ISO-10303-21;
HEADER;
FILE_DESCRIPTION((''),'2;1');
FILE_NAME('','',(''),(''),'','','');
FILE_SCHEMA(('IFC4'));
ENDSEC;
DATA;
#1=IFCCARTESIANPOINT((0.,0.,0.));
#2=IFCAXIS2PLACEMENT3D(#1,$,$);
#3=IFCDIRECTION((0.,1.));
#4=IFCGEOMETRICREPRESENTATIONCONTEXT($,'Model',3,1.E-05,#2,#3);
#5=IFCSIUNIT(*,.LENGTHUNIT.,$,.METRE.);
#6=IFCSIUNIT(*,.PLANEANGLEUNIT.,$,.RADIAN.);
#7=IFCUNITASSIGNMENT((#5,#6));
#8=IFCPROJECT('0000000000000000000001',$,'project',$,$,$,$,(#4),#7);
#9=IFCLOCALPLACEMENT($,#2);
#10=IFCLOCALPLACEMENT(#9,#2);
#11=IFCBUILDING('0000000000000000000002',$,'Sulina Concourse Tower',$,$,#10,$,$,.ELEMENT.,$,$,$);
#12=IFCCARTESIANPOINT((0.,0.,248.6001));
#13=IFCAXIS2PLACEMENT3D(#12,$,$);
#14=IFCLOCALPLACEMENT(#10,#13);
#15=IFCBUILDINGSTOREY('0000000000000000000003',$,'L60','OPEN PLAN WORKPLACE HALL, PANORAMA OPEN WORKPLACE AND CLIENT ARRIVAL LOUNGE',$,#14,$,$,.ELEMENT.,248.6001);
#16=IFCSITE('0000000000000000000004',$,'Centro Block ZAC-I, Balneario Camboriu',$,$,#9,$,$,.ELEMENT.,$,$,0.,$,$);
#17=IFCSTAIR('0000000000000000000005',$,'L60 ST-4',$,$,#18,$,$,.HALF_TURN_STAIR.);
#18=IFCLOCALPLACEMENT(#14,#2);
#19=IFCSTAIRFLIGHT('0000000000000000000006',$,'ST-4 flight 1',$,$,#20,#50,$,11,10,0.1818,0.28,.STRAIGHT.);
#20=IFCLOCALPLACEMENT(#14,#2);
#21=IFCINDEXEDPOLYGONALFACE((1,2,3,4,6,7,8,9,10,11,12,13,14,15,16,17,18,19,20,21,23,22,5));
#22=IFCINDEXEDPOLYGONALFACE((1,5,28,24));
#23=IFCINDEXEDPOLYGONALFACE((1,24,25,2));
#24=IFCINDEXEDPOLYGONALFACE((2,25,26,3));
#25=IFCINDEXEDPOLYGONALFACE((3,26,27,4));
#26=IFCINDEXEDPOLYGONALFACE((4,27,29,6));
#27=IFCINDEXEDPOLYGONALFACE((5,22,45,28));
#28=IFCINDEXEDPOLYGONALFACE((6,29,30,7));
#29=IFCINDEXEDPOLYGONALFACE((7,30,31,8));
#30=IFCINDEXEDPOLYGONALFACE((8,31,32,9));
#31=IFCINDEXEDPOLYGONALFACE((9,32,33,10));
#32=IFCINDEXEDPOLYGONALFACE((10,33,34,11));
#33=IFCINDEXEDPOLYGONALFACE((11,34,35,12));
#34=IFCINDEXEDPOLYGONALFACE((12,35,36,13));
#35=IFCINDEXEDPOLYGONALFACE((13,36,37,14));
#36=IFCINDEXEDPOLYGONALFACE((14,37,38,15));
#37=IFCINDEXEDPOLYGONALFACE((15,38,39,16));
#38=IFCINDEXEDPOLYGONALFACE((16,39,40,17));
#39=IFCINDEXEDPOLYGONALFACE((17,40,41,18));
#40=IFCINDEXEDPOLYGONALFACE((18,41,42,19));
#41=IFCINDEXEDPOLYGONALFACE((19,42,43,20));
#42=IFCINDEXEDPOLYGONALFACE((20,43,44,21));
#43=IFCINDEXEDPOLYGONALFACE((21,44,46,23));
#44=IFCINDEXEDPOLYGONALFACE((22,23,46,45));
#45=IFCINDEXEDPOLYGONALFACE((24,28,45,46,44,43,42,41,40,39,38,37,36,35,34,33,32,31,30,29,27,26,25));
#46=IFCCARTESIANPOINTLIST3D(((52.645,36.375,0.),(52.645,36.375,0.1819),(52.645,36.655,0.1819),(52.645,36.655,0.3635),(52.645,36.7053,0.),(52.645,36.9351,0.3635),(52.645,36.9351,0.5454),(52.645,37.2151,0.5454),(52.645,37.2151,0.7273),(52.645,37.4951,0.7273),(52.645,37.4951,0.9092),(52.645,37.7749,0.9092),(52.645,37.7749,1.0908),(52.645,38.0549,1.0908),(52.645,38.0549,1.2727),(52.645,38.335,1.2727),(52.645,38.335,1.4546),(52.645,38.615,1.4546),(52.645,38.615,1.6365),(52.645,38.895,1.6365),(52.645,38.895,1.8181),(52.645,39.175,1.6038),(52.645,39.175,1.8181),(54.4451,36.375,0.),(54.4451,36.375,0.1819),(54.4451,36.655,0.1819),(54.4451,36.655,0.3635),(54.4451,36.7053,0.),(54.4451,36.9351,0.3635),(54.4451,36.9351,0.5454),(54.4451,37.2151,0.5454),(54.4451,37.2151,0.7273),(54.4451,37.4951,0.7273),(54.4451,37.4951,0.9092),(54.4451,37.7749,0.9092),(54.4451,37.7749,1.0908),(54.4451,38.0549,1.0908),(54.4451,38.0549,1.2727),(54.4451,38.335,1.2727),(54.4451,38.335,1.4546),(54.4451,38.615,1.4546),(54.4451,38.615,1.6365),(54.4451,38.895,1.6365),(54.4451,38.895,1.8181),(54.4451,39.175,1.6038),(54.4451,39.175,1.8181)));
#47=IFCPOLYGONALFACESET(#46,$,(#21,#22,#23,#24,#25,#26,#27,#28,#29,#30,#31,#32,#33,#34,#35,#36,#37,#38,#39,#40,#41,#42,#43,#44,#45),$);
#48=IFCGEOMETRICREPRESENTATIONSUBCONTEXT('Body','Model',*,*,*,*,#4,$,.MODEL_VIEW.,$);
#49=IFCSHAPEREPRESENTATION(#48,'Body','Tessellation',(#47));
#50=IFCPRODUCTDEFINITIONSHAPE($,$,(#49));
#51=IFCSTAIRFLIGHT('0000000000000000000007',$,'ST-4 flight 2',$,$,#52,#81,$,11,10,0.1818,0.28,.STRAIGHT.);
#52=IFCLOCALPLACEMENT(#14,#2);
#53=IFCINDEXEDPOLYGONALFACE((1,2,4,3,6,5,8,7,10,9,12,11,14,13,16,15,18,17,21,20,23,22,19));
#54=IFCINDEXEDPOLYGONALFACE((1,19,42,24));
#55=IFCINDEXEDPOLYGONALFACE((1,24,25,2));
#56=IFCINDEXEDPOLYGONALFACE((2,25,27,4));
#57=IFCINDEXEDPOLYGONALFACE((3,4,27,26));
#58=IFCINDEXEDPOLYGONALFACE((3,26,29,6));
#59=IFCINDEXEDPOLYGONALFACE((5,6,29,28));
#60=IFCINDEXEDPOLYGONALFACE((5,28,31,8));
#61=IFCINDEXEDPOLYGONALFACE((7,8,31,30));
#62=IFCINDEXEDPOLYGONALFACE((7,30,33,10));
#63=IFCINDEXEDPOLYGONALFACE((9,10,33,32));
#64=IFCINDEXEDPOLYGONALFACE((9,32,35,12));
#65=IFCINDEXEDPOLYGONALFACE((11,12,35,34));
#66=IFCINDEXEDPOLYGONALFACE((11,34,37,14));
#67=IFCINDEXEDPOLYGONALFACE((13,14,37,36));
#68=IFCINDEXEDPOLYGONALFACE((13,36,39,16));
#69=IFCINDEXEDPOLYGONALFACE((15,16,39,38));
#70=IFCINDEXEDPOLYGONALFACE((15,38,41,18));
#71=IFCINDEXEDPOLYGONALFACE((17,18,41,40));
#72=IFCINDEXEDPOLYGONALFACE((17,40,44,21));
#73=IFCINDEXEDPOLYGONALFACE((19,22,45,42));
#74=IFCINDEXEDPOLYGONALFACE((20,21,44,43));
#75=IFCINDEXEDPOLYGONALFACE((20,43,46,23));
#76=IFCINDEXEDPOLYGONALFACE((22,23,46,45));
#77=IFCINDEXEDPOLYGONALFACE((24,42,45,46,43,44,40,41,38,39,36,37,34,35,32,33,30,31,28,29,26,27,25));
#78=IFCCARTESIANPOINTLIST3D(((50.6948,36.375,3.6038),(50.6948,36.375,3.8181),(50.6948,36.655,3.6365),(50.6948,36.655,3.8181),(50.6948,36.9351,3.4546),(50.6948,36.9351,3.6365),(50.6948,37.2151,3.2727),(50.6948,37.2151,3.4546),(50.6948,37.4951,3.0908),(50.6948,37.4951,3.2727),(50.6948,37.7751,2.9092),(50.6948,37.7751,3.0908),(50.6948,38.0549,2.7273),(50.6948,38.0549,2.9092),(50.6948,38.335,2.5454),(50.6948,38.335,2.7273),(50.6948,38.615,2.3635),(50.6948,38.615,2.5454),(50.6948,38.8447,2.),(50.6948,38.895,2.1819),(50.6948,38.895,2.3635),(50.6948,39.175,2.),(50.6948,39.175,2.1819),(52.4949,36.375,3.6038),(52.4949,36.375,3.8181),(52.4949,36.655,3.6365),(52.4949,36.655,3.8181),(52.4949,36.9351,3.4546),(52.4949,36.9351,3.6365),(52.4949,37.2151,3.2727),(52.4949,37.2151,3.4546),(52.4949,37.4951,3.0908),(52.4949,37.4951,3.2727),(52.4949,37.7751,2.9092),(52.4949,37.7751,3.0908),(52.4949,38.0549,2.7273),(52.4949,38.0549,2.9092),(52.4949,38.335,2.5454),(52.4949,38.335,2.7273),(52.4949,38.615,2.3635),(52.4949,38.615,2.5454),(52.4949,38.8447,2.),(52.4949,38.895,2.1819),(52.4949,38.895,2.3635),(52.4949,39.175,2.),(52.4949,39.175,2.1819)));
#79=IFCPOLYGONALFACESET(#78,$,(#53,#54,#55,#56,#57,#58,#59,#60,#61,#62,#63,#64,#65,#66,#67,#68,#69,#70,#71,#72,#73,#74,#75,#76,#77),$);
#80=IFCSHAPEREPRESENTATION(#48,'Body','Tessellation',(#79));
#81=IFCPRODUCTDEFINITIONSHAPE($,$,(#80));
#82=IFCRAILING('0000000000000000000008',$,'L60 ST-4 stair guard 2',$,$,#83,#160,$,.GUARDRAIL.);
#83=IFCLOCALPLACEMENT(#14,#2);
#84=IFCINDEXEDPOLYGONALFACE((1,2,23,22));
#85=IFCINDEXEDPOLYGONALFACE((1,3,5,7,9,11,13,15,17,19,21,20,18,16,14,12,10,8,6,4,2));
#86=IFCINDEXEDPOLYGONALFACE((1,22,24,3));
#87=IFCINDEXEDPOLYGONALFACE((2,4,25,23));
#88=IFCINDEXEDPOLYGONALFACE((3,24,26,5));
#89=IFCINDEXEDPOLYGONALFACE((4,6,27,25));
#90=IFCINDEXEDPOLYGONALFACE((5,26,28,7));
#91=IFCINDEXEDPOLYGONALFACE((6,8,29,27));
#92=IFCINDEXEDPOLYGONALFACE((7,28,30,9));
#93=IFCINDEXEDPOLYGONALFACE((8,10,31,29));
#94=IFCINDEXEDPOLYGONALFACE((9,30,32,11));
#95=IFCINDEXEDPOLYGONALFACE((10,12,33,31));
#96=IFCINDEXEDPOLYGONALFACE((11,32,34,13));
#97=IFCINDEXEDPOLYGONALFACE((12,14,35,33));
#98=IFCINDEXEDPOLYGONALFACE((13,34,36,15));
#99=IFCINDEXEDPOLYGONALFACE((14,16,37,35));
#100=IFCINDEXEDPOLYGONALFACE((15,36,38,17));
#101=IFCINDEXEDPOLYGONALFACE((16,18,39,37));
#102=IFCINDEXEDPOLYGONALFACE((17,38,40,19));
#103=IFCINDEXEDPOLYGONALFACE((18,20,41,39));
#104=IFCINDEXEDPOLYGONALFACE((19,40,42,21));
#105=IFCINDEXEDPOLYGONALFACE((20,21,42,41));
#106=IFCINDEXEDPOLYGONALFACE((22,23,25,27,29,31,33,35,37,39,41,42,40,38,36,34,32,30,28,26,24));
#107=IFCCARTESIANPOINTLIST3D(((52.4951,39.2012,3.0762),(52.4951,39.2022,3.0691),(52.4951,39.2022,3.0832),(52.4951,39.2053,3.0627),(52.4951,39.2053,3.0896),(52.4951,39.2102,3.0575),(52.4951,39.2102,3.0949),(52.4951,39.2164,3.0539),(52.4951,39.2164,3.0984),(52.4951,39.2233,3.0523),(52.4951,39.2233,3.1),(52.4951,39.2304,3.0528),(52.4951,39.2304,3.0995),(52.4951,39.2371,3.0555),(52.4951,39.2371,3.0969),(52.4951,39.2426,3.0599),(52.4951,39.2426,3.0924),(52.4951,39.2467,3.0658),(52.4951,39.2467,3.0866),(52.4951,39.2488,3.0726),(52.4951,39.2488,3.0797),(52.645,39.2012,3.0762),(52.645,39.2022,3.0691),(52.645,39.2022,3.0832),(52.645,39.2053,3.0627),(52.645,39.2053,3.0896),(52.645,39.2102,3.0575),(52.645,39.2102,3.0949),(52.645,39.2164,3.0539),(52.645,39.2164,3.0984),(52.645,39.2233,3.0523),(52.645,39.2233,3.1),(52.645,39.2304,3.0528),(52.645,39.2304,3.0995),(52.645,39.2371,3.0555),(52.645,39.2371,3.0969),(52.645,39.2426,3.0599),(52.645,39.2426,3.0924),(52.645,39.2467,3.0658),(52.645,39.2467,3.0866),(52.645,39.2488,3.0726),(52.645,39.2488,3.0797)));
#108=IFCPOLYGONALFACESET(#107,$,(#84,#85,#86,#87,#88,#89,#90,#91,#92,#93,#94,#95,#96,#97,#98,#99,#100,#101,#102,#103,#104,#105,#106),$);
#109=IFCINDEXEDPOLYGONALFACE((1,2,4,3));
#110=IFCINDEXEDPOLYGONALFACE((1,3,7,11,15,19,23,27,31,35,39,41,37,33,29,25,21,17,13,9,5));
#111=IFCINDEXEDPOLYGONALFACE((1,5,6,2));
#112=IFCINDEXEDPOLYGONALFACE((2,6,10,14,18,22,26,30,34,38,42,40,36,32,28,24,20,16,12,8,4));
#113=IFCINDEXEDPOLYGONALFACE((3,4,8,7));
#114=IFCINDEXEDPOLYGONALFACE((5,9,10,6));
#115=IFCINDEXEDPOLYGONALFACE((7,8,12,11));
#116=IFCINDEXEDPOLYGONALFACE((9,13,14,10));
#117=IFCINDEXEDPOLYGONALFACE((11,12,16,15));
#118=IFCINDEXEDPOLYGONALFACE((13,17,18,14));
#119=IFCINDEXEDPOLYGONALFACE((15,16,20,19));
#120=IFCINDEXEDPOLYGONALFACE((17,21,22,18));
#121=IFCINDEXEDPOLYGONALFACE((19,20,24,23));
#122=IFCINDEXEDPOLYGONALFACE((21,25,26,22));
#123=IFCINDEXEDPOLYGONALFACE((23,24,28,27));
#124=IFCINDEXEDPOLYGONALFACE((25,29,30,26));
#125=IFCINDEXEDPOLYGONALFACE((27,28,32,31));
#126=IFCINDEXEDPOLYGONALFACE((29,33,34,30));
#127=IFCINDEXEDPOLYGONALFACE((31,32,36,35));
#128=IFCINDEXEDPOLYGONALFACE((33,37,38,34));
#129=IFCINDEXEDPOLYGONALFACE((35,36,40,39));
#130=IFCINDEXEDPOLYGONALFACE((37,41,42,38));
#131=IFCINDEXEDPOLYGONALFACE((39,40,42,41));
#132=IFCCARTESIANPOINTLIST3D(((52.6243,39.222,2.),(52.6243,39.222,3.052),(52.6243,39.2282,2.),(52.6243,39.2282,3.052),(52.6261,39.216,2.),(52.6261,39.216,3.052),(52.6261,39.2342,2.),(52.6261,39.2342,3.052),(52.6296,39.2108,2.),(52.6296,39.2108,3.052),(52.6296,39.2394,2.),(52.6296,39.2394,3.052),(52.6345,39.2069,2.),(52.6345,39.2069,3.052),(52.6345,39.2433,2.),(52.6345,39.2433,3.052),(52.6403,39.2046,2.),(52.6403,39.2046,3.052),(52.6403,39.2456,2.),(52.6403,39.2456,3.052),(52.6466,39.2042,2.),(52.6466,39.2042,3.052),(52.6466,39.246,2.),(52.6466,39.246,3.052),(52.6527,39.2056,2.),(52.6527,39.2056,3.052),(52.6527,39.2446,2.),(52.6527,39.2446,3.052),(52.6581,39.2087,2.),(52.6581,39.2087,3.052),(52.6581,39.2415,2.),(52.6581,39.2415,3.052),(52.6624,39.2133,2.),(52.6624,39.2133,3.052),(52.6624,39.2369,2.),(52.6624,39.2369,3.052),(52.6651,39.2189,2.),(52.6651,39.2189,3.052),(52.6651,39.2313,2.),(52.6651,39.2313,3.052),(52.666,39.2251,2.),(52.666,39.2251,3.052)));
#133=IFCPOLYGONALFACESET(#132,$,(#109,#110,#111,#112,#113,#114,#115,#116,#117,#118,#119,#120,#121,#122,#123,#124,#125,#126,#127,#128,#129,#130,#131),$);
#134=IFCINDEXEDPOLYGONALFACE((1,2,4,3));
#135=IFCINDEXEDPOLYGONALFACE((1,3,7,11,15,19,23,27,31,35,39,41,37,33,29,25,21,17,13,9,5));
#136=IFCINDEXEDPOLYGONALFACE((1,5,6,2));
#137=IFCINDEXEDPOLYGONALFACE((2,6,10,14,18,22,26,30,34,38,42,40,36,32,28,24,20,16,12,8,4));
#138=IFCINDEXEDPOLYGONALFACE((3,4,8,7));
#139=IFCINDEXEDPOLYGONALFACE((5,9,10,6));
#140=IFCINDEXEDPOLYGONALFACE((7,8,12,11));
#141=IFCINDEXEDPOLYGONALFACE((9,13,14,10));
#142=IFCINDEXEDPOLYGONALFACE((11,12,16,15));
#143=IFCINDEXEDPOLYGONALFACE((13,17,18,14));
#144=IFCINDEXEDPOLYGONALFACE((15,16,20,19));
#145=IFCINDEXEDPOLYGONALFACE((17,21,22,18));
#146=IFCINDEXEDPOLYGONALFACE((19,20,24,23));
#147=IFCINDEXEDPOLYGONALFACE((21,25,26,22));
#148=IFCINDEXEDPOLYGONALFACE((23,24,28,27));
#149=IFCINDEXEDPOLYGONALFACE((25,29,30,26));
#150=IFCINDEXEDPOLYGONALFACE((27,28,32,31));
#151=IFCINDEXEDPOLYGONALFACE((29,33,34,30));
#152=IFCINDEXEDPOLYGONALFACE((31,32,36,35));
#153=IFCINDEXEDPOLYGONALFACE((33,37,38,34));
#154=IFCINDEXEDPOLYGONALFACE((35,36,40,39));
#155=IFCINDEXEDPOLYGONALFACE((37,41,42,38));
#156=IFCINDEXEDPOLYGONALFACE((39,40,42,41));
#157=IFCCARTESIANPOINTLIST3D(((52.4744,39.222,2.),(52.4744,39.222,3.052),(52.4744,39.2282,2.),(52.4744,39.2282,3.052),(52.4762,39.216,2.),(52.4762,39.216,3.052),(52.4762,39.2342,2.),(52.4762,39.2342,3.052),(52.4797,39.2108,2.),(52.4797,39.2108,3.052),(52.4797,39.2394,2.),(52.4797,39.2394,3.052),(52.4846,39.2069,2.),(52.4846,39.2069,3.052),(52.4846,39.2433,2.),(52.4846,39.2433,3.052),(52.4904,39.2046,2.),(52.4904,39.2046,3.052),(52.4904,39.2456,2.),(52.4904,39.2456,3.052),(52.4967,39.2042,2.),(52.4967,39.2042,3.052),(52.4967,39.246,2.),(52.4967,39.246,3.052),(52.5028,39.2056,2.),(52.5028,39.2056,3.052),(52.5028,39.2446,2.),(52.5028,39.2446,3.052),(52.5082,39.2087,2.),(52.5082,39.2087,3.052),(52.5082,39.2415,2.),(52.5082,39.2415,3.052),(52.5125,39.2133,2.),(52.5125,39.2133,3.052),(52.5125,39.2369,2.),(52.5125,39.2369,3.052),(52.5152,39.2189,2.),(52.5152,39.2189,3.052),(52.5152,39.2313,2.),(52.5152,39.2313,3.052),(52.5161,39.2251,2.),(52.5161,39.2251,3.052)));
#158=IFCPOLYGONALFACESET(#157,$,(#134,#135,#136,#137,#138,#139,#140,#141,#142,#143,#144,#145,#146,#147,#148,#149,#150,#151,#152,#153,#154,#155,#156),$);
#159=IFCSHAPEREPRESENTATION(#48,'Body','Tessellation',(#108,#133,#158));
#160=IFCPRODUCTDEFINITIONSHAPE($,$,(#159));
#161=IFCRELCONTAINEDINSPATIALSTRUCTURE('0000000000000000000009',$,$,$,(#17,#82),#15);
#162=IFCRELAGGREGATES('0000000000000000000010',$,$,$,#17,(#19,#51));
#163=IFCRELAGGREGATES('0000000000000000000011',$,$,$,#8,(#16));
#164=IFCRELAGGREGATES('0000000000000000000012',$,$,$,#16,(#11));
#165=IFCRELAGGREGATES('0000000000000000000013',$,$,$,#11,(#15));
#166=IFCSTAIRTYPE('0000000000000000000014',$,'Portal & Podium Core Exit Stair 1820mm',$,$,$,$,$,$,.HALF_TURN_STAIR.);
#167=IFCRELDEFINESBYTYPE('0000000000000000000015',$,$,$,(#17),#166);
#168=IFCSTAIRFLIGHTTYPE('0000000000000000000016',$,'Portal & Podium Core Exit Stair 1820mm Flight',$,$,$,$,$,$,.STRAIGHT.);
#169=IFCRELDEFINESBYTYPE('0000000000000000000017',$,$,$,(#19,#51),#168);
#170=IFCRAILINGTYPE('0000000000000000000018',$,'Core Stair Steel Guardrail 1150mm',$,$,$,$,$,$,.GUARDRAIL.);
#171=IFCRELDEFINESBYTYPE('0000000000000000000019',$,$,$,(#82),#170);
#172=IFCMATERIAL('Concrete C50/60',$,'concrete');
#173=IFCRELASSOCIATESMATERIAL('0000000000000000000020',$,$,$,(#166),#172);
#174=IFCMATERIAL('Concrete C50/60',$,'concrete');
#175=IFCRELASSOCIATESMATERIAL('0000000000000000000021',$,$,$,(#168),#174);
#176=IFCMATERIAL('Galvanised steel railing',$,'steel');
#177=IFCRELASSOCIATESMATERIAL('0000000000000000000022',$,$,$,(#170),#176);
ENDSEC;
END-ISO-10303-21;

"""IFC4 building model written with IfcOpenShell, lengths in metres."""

from ifc_helpers import new_model, si_unit, direction, frame, origin, origin_2d, place, context, subcontext, project, spatial, polyline, circle, outline, extrude, material, type_object, element, aggregate, save


model = new_model("IFC4")

# Units and contexts
model_context = context("Model", 3, precision=1e-05, world=origin(), true_north=direction((0.0, 1.0)))
body_context = subcontext(model_context, "Body", "Model", "MODEL_VIEW")
ifc_project = project(units=[si_unit("LENGTHUNIT", "METRE"), si_unit("PLANEANGLEUNIT", "RADIAN")], contexts=[model_context])

# Site, building, storey
site_placement = place(None, origin())
site = spatial("IfcSite", under=ifc_project, at=site_placement, Name="Centro Block ZAC-I, Balneario Camboriu", CompositionType="ELEMENT", RefElevation=0.0)
building_placement = place(site_placement, origin())
building = spatial("IfcBuilding", under=site, at=building_placement, Name="Sulina Concourse Tower", CompositionType="ELEMENT")
storey_placement = place(building_placement, frame((0.0, 0.0, 248.6001)))
storey = spatial("IfcBuildingStorey", under=building, at=storey_placement, Name="L60", Description="OPEN PLAN WORKPLACE HALL, PANORAMA OPEN WORKPLACE AND CLIENT ARRIVAL LOUNGE", CompositionType="ELEMENT", Elevation=248.6001)

# Stair, stair flights
ifc_material_1 = material(Name="Concrete C50/60", Category="concrete")
stair_type = type_object("IfcStairType", Name="Portal & Podium Core Exit Stair 1820mm", PredefinedType="HALF_TURN_STAIR", material=ifc_material_1)
stair_placement = place(storey_placement, origin())
stair = element("IfcStair", 1, at=stair_placement, inside=storey, type_object=stair_type, Name="L60 ST-4", PredefinedType="HALF_TURN_STAIR")
ifc_material_2 = material(Name="Concrete C50/60", Category="concrete")
stair_flight_type = type_object("IfcStairFlightType", Name="Portal & Podium Core Exit Stair 1820mm Flight", PredefinedType="STRAIGHT", material=ifc_material_2)
stair_flight_1_placement = place(storey_placement, frame((53.5449, 36.375, 0.0), z_axis=(0.0, 0.0, 1.0), x_axis=(0.0, 1.0, 0.0)))
stair_flight_1 = element("IfcStairFlight", 2, at=stair_flight_1_placement, type_object=stair_flight_type, Name="ST-4 flight 1", NumberOfRisers=11, NumberOfTreads=10, PredefinedType="STRAIGHT", RiserHeight=0.1818, TreadLength=0.28, context=body_context, shape_type="SweptSolid", body=[
    extrude(outline(polyline([(0.0, 0.0), (0.0, 0.1819), (0.28, 0.1819), (0.28, 0.3635), (0.5601, 0.3635), (0.5601, 0.5454), (0.8401, 0.5454), (0.8401, 0.7273), (1.1201, 0.7273), (1.1201, 0.9092), (1.3999, 0.9092), (1.3999, 1.0908), (1.6799, 1.0908), (1.6799, 1.2727), (1.96, 1.2727), (1.96, 1.4546), (2.24, 1.4546), (2.24, 1.6365), (2.52, 1.6365), (2.52, 1.8181), (2.8, 1.8181), (2.8, 2.0), (2.8, 1.6038), (0.3303, 0.0), (0.0, 0.0)])), frame((0.0, 0.8999, 0.0), z_axis=(0.0, -1.0, 0.0), x_axis=(1.0, 0.0, 0.0)), (0.0, 0.0, 1.0), 1.8),
])
stair_flight_2_placement = place(storey_placement, frame((51.595, 39.175, 2.0), z_axis=(0.0, 0.0, 1.0), x_axis=(0.0, -1.0, 0.0)))
stair_flight_2 = element("IfcStairFlight", 3, at=stair_flight_2_placement, type_object=stair_flight_type, Name="ST-4 flight 2", NumberOfRisers=11, NumberOfTreads=10, PredefinedType="STRAIGHT", RiserHeight=0.1818, TreadLength=0.28, context=body_context, shape_type="SweptSolid", body=[
    extrude(outline(polyline([(0.0, 0.0), (0.0, 0.1819), (0.28, 0.1819), (0.28, 0.3635), (0.5601, 0.3635), (0.5601, 0.5454), (0.8401, 0.5454), (0.8401, 0.7273), (1.1201, 0.7273), (1.1201, 0.9092), (1.3999, 0.9092), (1.3999, 1.0908), (1.6799, 1.0908), (1.6799, 1.2727), (1.96, 1.2727), (1.96, 1.4546), (2.24, 1.4546), (2.24, 1.6365), (2.52, 1.6365), (2.52, 1.8181), (2.8, 1.8181), (2.8, 2.0), (2.8, 1.6038), (0.3303, 0.0), (0.0, 0.0)])), frame((0.0, 0.8999, 0.0), z_axis=(0.0, -1.0, 0.0), x_axis=(1.0, 0.0, 0.0)), (0.0, 0.0, 1.0), 1.8),
])
aggregate(stair, [stair_flight_1, stair_flight_2])

# Railing
ifc_material_3 = material(Name="Galvanised steel railing", Category="steel")
railing_type_1 = type_object("IfcRailingType", Name="Core Stair Steel Guardrail 1150mm", PredefinedType="GUARDRAIL", material=ifc_material_3)
railing_1_placement = place(storey_placement, frame((52.645, 39.2251, 2.0)))
element("IfcRailing", 4, at=railing_1_placement, inside=storey, type_object=railing_type_1, Name="L60 ST-4 stair guard 2", PredefinedType="GUARDRAIL", context=body_context, shape_type="SweptSolid", body=[
    extrude(circle(Radius=0.0239, at=origin_2d()), frame((0.0, 0.0, 1.0762), z_axis=(-1.0, 0.0, 0.0), x_axis=(0.0, -1.0, 0.0)), (0.0, 0.0, 1.0), 0.1499),
    extrude(circle(Radius=0.021, at=origin_2d()), origin(), (0.0, 0.0, 1.0), 1.052),
    extrude(circle(Radius=0.021, at=origin_2d()), frame((-0.1499, 0.0, 0.0)), (0.0, 0.0, 1.0), 1.052),
])

save(model, "model.ifc")
